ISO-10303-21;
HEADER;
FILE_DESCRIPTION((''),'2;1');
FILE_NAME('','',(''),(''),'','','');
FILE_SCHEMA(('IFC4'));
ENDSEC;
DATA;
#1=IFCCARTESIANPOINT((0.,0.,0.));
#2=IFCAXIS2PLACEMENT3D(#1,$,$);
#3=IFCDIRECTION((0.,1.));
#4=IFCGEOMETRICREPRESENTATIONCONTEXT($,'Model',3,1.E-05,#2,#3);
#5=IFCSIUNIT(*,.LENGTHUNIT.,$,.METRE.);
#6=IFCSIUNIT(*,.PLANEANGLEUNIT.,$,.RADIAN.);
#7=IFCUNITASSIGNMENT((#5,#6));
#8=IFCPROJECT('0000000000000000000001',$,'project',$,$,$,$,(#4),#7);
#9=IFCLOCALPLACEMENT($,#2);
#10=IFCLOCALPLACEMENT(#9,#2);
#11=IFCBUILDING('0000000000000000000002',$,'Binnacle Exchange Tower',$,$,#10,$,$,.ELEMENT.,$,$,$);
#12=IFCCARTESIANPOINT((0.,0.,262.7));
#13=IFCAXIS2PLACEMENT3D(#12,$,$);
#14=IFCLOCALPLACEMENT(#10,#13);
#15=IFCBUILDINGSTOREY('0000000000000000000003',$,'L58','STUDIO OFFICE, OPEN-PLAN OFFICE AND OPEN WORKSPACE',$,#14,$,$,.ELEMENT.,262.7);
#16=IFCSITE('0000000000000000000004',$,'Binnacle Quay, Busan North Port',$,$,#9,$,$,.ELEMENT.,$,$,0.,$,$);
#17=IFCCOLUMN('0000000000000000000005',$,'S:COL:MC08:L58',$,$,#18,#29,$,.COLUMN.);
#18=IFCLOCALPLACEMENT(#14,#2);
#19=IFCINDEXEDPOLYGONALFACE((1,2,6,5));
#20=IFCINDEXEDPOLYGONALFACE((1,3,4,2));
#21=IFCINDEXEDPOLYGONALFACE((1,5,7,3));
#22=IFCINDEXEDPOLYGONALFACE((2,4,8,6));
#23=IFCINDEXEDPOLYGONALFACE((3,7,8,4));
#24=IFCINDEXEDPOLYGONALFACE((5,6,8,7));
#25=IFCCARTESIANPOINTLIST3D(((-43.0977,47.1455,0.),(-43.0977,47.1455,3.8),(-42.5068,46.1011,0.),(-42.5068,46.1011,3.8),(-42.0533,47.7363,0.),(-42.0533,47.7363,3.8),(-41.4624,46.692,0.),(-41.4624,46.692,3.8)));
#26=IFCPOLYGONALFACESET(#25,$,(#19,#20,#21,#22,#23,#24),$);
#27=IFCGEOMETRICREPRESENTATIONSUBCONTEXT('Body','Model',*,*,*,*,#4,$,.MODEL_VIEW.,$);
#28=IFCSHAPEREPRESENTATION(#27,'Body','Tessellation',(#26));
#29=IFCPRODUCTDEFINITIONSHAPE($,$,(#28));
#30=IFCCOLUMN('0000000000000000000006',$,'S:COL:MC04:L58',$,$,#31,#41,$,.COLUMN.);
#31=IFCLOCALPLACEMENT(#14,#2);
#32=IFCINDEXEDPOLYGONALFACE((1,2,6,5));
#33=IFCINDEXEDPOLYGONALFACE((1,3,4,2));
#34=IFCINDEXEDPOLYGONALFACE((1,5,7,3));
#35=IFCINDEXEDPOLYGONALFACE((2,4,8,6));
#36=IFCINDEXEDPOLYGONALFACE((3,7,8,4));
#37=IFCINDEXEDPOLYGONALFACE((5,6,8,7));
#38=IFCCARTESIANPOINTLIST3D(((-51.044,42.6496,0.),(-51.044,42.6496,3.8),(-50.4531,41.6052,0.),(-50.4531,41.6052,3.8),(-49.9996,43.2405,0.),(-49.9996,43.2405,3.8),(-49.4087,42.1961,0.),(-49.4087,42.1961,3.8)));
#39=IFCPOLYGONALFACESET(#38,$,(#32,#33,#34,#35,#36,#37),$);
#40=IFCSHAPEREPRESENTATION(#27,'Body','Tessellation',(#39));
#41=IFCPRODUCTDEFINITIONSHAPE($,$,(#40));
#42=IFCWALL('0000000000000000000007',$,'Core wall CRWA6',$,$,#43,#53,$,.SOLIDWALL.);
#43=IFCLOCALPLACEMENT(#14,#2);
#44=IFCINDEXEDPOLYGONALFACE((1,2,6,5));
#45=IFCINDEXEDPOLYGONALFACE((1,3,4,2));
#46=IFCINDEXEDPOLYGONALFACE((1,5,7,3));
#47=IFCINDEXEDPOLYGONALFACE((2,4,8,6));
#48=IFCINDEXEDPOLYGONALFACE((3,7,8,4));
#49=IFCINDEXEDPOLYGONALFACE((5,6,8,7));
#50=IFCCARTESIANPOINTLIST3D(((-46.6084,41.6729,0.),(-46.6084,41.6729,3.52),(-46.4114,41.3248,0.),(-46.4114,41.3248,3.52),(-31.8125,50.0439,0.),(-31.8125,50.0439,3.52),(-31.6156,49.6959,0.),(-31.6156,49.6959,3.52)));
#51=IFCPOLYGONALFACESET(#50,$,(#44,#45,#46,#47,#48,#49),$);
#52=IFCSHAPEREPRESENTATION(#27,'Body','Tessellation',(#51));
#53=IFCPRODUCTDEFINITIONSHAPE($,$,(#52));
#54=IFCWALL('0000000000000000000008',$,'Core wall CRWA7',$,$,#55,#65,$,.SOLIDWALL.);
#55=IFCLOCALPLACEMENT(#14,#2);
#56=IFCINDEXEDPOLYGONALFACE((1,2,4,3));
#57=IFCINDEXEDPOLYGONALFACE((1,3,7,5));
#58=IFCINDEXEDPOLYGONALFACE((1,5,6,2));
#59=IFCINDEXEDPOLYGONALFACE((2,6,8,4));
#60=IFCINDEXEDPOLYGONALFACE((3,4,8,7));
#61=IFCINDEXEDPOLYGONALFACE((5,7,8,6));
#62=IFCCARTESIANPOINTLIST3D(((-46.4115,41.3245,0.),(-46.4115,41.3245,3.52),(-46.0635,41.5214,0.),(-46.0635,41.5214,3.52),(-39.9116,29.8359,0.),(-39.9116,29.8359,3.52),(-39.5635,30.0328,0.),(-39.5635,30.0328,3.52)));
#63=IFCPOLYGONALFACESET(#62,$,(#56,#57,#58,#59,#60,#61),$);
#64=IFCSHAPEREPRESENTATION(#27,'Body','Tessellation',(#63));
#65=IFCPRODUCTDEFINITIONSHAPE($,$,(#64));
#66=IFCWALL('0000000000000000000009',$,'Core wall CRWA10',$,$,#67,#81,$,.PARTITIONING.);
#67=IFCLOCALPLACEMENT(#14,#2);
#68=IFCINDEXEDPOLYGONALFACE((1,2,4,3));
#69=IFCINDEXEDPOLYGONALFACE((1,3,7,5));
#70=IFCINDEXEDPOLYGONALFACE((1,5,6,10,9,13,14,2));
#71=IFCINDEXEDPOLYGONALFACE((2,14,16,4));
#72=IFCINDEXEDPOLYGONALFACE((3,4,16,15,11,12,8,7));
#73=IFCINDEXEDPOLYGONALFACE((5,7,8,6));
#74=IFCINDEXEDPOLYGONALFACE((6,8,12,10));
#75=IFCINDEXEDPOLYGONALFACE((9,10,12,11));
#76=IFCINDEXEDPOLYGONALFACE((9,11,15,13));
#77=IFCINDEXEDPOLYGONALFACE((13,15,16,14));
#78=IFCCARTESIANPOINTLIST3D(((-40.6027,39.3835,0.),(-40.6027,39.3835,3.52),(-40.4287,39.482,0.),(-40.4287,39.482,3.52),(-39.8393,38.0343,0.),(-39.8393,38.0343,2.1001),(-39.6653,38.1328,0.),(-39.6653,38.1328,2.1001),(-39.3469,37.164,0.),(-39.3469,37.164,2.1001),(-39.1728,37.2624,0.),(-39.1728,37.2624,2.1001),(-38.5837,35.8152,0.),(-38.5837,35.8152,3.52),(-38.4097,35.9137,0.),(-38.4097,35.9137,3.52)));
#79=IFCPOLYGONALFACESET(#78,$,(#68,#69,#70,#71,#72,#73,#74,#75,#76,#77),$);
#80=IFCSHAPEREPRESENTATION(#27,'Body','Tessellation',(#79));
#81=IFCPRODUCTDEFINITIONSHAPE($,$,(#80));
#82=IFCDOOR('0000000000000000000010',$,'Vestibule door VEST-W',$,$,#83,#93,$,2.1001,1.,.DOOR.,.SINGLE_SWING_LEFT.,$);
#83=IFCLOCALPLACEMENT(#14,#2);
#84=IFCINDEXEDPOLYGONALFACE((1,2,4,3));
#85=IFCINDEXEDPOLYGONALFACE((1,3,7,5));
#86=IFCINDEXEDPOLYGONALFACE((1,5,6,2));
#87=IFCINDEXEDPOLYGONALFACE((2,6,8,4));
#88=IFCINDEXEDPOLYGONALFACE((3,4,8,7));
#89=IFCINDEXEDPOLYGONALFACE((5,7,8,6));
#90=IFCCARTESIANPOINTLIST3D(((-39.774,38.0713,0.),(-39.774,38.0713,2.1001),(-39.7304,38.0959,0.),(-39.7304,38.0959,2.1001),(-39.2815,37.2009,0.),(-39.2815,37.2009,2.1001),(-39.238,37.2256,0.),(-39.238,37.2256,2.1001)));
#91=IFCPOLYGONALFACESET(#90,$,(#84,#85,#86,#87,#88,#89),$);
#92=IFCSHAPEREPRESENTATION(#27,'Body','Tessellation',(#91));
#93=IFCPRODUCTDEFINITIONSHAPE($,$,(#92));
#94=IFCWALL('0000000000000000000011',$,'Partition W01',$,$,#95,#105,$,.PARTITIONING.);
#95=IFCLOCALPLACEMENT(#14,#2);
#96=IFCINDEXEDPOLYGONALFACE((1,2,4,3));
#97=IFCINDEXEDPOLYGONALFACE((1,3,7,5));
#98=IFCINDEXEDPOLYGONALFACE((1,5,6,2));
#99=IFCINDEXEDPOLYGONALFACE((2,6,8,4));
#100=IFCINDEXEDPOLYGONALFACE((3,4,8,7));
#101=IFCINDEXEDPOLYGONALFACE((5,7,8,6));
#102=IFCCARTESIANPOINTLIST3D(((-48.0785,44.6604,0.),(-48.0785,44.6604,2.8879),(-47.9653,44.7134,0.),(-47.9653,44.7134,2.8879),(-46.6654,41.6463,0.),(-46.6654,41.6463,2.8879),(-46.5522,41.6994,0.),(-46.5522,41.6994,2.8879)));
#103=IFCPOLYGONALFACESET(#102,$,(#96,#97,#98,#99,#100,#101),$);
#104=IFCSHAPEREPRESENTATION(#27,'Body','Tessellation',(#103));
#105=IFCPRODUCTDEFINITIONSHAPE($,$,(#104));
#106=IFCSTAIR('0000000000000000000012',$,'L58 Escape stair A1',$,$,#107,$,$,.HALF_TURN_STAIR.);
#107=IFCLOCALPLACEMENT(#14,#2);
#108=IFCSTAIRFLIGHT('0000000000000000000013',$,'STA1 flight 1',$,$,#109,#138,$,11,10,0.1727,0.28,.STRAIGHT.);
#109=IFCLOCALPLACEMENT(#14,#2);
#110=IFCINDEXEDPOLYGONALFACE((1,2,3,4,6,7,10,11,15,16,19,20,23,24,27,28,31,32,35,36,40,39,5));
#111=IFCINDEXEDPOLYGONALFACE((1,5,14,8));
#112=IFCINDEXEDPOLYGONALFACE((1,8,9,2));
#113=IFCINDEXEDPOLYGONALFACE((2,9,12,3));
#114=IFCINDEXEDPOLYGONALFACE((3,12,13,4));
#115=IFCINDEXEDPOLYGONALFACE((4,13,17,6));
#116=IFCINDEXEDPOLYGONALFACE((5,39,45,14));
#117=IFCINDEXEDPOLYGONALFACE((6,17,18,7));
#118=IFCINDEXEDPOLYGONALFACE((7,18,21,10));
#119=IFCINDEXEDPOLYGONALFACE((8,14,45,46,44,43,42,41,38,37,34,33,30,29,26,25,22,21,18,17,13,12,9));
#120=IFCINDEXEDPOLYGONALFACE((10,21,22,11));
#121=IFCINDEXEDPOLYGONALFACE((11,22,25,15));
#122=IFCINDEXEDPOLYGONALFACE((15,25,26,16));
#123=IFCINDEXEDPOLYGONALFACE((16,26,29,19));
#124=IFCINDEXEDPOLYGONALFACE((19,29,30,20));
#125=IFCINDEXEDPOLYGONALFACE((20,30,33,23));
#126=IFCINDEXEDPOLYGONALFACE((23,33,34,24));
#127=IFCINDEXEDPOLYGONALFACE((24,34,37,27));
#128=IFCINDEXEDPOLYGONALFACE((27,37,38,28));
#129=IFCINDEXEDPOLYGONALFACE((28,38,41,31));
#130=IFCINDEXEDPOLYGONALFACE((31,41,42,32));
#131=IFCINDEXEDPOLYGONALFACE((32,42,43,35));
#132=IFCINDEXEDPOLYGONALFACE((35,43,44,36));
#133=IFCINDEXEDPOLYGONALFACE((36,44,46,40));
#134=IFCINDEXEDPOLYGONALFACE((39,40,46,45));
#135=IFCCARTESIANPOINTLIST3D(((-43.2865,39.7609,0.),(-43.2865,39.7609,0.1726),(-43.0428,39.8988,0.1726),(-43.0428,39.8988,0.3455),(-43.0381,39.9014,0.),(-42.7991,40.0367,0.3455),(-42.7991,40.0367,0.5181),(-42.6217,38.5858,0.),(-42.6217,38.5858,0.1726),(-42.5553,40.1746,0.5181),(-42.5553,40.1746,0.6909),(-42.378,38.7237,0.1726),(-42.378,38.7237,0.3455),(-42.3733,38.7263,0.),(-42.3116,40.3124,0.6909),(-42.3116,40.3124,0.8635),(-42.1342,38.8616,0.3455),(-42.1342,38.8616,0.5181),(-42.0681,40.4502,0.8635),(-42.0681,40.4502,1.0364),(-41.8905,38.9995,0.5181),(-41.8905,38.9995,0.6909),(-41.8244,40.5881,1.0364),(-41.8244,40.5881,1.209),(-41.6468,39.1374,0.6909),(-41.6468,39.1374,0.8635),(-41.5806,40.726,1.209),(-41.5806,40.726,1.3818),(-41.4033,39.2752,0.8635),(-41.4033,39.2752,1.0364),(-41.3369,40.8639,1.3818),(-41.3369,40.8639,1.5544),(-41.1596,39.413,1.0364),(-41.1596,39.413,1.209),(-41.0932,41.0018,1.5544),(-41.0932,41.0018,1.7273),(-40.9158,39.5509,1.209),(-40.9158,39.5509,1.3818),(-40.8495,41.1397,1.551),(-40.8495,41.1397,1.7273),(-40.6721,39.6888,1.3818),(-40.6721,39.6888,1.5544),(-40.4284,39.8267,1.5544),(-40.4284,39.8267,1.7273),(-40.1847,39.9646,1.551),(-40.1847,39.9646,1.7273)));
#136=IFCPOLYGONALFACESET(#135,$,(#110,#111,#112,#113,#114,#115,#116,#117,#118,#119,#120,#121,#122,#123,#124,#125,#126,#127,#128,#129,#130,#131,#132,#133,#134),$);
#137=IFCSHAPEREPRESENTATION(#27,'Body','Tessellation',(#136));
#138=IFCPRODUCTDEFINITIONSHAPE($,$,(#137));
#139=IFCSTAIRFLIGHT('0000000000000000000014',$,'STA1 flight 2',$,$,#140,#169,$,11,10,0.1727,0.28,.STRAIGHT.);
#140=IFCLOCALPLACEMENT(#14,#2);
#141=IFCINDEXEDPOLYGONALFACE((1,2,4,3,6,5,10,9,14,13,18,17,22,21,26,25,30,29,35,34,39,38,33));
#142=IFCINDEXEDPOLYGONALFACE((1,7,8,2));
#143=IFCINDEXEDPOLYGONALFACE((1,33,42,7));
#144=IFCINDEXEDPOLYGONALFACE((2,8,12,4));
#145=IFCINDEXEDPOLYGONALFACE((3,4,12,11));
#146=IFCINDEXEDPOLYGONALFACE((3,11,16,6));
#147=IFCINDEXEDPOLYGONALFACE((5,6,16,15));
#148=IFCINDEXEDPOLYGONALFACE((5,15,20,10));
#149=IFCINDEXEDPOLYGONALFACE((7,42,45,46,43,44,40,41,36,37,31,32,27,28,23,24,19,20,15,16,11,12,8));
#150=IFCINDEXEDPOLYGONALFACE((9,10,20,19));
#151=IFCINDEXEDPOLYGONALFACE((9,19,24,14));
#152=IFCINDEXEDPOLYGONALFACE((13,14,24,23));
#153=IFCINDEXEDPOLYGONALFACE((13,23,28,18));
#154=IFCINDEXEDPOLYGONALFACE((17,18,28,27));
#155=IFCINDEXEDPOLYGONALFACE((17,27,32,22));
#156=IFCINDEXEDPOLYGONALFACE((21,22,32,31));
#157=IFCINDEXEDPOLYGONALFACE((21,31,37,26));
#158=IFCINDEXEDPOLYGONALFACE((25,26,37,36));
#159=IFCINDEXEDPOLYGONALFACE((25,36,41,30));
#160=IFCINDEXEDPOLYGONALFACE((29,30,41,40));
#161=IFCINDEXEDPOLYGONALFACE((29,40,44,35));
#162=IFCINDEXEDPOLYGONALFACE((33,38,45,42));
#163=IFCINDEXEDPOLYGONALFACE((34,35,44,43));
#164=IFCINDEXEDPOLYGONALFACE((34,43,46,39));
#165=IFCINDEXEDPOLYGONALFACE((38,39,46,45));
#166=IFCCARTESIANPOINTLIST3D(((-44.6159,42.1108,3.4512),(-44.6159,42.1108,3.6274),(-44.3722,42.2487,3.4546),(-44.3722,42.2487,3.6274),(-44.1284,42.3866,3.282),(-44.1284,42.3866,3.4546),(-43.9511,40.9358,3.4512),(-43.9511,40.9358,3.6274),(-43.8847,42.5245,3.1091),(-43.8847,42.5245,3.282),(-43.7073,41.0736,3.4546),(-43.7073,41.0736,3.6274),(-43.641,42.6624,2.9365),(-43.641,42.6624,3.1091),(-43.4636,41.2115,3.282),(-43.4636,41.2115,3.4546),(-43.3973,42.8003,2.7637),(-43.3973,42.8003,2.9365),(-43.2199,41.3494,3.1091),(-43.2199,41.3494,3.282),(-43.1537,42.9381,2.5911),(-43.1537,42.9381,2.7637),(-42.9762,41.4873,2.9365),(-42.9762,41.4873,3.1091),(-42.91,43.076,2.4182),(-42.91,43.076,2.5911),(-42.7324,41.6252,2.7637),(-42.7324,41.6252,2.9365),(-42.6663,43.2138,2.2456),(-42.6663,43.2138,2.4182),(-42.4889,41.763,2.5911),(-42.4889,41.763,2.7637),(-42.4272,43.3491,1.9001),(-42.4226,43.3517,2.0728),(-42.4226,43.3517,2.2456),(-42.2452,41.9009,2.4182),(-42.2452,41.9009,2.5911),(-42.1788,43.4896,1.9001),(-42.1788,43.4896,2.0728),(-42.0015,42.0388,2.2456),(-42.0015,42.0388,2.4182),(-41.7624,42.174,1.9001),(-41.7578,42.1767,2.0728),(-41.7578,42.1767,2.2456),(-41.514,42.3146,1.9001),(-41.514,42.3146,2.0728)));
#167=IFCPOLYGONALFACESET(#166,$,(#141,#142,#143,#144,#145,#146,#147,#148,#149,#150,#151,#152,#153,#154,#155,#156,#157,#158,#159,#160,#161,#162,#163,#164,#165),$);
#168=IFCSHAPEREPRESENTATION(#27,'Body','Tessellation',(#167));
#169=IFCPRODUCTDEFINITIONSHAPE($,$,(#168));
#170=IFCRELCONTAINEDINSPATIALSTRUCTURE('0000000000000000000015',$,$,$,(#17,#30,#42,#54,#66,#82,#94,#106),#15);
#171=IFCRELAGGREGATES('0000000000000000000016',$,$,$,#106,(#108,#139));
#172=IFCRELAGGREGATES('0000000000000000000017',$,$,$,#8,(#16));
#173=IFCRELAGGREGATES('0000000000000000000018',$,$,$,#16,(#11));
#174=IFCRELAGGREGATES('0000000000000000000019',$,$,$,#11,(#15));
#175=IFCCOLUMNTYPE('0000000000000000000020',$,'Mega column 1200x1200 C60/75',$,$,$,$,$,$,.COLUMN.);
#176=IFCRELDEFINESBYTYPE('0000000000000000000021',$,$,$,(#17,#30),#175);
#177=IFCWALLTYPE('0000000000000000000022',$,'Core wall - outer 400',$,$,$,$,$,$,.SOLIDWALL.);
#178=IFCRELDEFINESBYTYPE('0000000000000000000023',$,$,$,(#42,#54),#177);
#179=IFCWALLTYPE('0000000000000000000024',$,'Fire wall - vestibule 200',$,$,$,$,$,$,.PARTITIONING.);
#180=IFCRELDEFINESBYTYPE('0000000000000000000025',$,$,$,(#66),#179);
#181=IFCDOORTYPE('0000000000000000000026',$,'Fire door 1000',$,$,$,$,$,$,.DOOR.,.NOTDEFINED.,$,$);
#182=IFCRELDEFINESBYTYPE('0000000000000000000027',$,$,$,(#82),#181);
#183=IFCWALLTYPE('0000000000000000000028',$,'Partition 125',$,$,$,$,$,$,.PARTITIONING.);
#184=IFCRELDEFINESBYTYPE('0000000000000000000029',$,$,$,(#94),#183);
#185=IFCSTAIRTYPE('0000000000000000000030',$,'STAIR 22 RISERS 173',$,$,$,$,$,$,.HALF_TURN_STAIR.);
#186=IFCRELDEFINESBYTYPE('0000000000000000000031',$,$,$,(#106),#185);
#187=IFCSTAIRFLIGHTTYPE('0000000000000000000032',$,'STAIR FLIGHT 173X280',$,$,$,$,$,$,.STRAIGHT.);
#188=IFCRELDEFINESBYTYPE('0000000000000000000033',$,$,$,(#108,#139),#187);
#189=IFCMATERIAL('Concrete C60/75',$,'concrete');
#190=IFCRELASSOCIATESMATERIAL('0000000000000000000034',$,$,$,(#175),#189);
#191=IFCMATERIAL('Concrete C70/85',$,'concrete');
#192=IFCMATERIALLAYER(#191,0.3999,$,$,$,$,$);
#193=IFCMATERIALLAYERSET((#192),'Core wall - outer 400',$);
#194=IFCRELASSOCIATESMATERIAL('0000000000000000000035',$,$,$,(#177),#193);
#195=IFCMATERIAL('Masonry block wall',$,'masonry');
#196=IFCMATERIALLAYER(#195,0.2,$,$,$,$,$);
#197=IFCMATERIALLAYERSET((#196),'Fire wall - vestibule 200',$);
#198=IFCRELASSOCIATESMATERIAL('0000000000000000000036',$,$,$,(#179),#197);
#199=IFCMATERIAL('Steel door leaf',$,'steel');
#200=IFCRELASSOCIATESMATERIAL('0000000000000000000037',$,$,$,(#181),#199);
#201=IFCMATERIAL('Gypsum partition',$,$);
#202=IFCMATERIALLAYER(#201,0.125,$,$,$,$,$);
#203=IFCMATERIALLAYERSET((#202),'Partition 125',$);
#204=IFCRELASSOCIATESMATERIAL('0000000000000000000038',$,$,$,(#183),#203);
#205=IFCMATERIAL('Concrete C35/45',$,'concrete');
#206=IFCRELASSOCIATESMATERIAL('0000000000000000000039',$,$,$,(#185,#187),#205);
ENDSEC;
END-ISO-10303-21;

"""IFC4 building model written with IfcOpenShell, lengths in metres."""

from ifc_helpers import new_model, si_unit, direction, frame, frame_2d, origin, origin_2d, place, context, subcontext, project, spatial, polyline, rectangle, outline, extrude, material, layer, layer_set, material_profile, profile_set, type_object, element, fill, aggregate, save


model = new_model("IFC4")

# Units and contexts
model_context = context("Model", 3, precision=1e-05, world=origin(), true_north=direction((0.0, 1.0)))
body_context = subcontext(model_context, "Body", "Model", "MODEL_VIEW")
ifc_project = project(units=[si_unit("LENGTHUNIT", "METRE"), si_unit("PLANEANGLEUNIT", "RADIAN")], contexts=[model_context])

# Site, building, storey
site_placement = place(None, origin())
site = spatial("IfcSite", under=ifc_project, at=site_placement, Name="Binnacle Quay, Busan North Port", CompositionType="ELEMENT", RefElevation=0.0)
building_placement = place(site_placement, origin())
building = spatial("IfcBuilding", under=site, at=building_placement, Name="Binnacle Exchange Tower", CompositionType="ELEMENT")
storey_placement = place(building_placement, frame((0.0, 0.0, 262.7)))
storey = spatial("IfcBuildingStorey", under=building, at=storey_placement, Name="L58", Description="STUDIO OFFICE, OPEN-PLAN OFFICE AND OPEN WORKSPACE", CompositionType="ELEMENT", Elevation=262.7)

# Columns
ifc_material_1 = material(Name="Concrete C60/75", Category="concrete")
ifc_material_profile = material_profile(ifc_material_1, rectangle(XDim=1.2, YDim=1.2, at=origin_2d()), Name="Mega column 1200x1200 C60/75")
ifc_profile_set = profile_set([ifc_material_profile], Name="Concrete C60/75")
column_type = type_object("IfcColumnType", Name="Mega column 1200x1200 C60/75", PredefinedType="COLUMN", material=ifc_profile_set)
for number, where, z_axis, x_axis, name in (
    (1, (-42.28, 46.9187, 0.0), (0.0, 0.0, 1.0), (-0.870356, -0.492424, 0.0), "S:COL:MC08:L58"),
    (2, (-50.2263, 42.4229, 0.0), (0.0, 0.0, 1.0), (-0.870356, -0.492424, 0.0), "S:COL:MC04:L58"),
):
    element("IfcColumn", number, at=place(storey_placement, frame(where, z_axis=z_axis, x_axis=x_axis)), inside=storey, type_object=column_type, Name=name, PredefinedType="COLUMN", context=body_context, shape_type="SweptSolid", body=[
        extrude(rectangle(XDim=1.2, YDim=1.2, at=origin_2d()), origin(), (0.0, 0.0, 1.0), 3.8),
    ])

# Walls
ifc_material_2 = material(Name="Concrete C70/85", Category="concrete")
ifc_layer_1 = layer(ifc_material_2, 0.3999)
ifc_layer_set_1 = layer_set([ifc_layer_1], Name="Core wall - outer 400")
wall_type_1 = type_object("IfcWallType", Name="Core wall - outer 400", PredefinedType="SOLIDWALL", material=ifc_layer_set_1)
wall_1_placement = place(storey_placement, frame((-46.51, 41.4988, 0.0), z_axis=(0.0, 0.0, 1.0), x_axis=(0.870356, 0.492423, 0.0)))
element("IfcWall", 3, at=wall_1_placement, inside=storey, type_object=wall_type_1, Name="Core wall CRWA6", PredefinedType="SOLIDWALL", context=body_context, shape_type="SweptSolid", body=[
    extrude(rectangle(XDim=16.9998, YDim=0.3999, at=frame_2d((8.5, 0.0))), origin(), (0.0, 0.0, 1.0), 3.52),
])
wall_2_placement = place(storey_placement, frame((-46.2375, 41.4231, 0.0), z_axis=(0.0, 0.0, 1.0), x_axis=(0.492422, -0.870357, 0.0)))
element("IfcWall", 4, at=wall_2_placement, inside=storey, type_object=wall_type_1, Name="Core wall CRWA7", PredefinedType="SOLIDWALL", context=body_context, shape_type="SweptSolid", body=[
    extrude(rectangle(XDim=13.2, YDim=0.3999, at=frame_2d((6.6001, 0.0))), origin(), (0.0, 0.0, 1.0), 3.52),
])

# Wall, opening, door
ifc_material_3 = material(Name="Masonry block wall", Category="masonry")
ifc_layer_2 = layer(ifc_material_3, 0.2)
ifc_layer_set_2 = layer_set([ifc_layer_2], Name="Fire wall - vestibule 200")
wall_type_2 = type_object("IfcWallType", Name="Fire wall - vestibule 200", PredefinedType="PARTITIONING", material=ifc_layer_set_2)
wall_3_placement = place(storey_placement, frame((-40.5156, 39.4326, 0.0), z_axis=(0.0, 0.0, 1.0), x_axis=(0.492454, -0.870339, 0.0)))
wall_3 = element("IfcWall", 5, at=wall_3_placement, inside=storey, type_object=wall_type_2, Name="Core wall CRWA10", PredefinedType="PARTITIONING", context=body_context, shape_type="SweptSolid", body=[
    extrude(rectangle(XDim=4.0999, YDim=0.2, at=frame_2d((2.0498, 0.0))), origin(), (0.0, 0.0, 1.0), 3.52),
])
opening_placement = place(wall_3_placement, frame((1.55, 0.0, 0.0)))
opening = element("IfcOpeningElement", 6, at=opening_placement, cuts=wall_3, PredefinedType="OPENING", context=body_context, shape_type="SweptSolid", body=[
    extrude(rectangle(XDim=1.0, YDim=2.1001, at=frame_2d((0.5, 1.05))), frame((0.0, 0.1099, 0.0), z_axis=(0.0, -1.0, 0.0), x_axis=(1.0, 0.0, 0.0)), (0.0, 0.0, 1.0), 0.22),
])
ifc_material_4 = material(Name="Steel door leaf", Category="steel")
door_type = type_object("IfcDoorType", Name="Fire door 1000", OperationType="NOTDEFINED", PredefinedType="DOOR", material=ifc_material_4)
door_placement = place(opening_placement, frame((1.0, 0.0, 0.0), z_axis=(0.0, 0.0, 1.0), x_axis=(-1.0, 0.0, 0.0)))
door = element("IfcDoor", 7, at=door_placement, inside=storey, type_object=door_type, Name="Vestibule door VEST-W", OperationType="SINGLE_SWING_LEFT", OverallHeight=2.1001, OverallWidth=1.0, PredefinedType="DOOR", context=body_context, shape_type="SweptSolid", body=[
    extrude(rectangle(XDim=1.0, YDim=2.1001, at=frame_2d((0.5, 1.05))), frame((0.0, 0.0249, 0.0), z_axis=(0.0, -1.0, 0.0), x_axis=(1.0, 0.0, 0.0)), (0.0, 0.0, 1.0), 0.05),
])
fill(opening, door)

# Wall
ifc_material_5 = material(Name="Gypsum partition")
ifc_layer_3 = layer(ifc_material_5, 0.125)
ifc_layer_set_3 = layer_set([ifc_layer_3], Name="Partition 125")
wall_type_3 = type_object("IfcWallType", Name="Partition 125", PredefinedType="PARTITIONING", material=ifc_layer_set_3)
wall_4_placement = place(storey_placement, frame((-48.022, 44.687, 0.0), z_axis=(0.0, 0.0, 1.0), x_axis=(0.424511, -0.905423, 0.0)))
element("IfcWall", 8, at=wall_4_placement, inside=storey, type_object=wall_type_3, Name="Partition W01", PredefinedType="PARTITIONING", context=body_context, shape_type="SweptSolid", body=[
    extrude(rectangle(XDim=3.3289, YDim=0.125, at=frame_2d((1.6646, 0.0))), origin(), (0.0, 0.0, 1.0), 2.8879),
])

# Stair, stair flights
ifc_material_6 = material(Name="Concrete C35/45", Category="concrete")
stair_type = type_object("IfcStairType", Name="STAIR 22 RISERS 173", PredefinedType="HALF_TURN_STAIR", material=ifc_material_6)
stair_placement = place(storey_placement, origin())
stair = element("IfcStair", 9, at=stair_placement, inside=storey, type_object=stair_type, Name="L58 Escape stair A1", PredefinedType="HALF_TURN_STAIR")
stair_flight_type = type_object("IfcStairFlightType", Name="STAIR FLIGHT 173X280", PredefinedType="STRAIGHT", material=ifc_material_6)
stair_flight_1_placement = place(storey_placement, frame((-42.9541, 39.1733, 0.0), z_axis=(0.0, 0.0, 1.0), x_axis=(0.870356, 0.492424, 0.0)))
stair_flight_1 = element("IfcStairFlight", 10, at=stair_flight_1_placement, type_object=stair_flight_type, Name="STA1 flight 1", NumberOfRisers=11, NumberOfTreads=10, PredefinedType="STRAIGHT", RiserHeight=0.1727, TreadLength=0.28, context=body_context, shape_type="SweptSolid", body=[
    extrude(outline(polyline([(0.0, 0.0), (0.0, 0.1726), (0.28, 0.1726), (0.28, 0.3455), (0.5601, 0.3455), (0.5601, 0.5181), (0.8401, 0.5181), (0.8401, 0.6909), (1.1201, 0.6909), (1.1201, 0.8635), (1.3999, 0.8635), (1.3999, 1.0364), (1.6799, 1.0364), (1.6799, 1.209), (1.96, 1.209), (1.96, 1.3818), (2.24, 1.3818), (2.24, 1.5544), (2.52, 1.5544), (2.52, 1.7273), (2.8, 1.7273), (2.8, 1.8999), (2.8, 1.551), (0.2854, 0.0), (0.0, 0.0)])), frame((0.0, 0.675, 0.0), z_axis=(0.0, -1.0, 0.0), x_axis=(1.0, 0.0, 0.0)), (0.0, 0.0, 1.0), 1.3501),
])
stair_flight_2_placement = place(storey_placement, frame((-41.8464, 42.9021, 1.9001), z_axis=(0.0, 0.0, 1.0), x_axis=(-0.870356, -0.492424, 0.0)))
stair_flight_2 = element("IfcStairFlight", 11, at=stair_flight_2_placement, type_object=stair_flight_type, Name="STA1 flight 2", NumberOfRisers=11, NumberOfTreads=10, PredefinedType="STRAIGHT", RiserHeight=0.1727, TreadLength=0.28, context=body_context, shape_type="SweptSolid", body=[
    extrude(outline(polyline([(0.0, 0.0), (0.0, 0.1726), (0.28, 0.1726), (0.28, 0.3455), (0.5601, 0.3455), (0.5601, 0.5181), (0.8401, 0.5181), (0.8401, 0.6909), (1.1201, 0.6909), (1.1201, 0.8635), (1.3999, 0.8635), (1.3999, 1.0364), (1.6799, 1.0364), (1.6799, 1.209), (1.96, 1.209), (1.96, 1.3818), (2.24, 1.3818), (2.24, 1.5544), (2.52, 1.5544), (2.52, 1.7273), (2.8, 1.7273), (2.8, 1.8999), (2.8, 1.551), (0.2854, 0.0), (0.0, 0.0)])), frame((0.0, 0.675, 0.0), z_axis=(0.0, -1.0, 0.0), x_axis=(1.0, 0.0, 0.0)), (0.0, 0.0, 1.0), 1.3501),
])
aggregate(stair, [stair_flight_1, stair_flight_2])

save(model, "model.ifc")
